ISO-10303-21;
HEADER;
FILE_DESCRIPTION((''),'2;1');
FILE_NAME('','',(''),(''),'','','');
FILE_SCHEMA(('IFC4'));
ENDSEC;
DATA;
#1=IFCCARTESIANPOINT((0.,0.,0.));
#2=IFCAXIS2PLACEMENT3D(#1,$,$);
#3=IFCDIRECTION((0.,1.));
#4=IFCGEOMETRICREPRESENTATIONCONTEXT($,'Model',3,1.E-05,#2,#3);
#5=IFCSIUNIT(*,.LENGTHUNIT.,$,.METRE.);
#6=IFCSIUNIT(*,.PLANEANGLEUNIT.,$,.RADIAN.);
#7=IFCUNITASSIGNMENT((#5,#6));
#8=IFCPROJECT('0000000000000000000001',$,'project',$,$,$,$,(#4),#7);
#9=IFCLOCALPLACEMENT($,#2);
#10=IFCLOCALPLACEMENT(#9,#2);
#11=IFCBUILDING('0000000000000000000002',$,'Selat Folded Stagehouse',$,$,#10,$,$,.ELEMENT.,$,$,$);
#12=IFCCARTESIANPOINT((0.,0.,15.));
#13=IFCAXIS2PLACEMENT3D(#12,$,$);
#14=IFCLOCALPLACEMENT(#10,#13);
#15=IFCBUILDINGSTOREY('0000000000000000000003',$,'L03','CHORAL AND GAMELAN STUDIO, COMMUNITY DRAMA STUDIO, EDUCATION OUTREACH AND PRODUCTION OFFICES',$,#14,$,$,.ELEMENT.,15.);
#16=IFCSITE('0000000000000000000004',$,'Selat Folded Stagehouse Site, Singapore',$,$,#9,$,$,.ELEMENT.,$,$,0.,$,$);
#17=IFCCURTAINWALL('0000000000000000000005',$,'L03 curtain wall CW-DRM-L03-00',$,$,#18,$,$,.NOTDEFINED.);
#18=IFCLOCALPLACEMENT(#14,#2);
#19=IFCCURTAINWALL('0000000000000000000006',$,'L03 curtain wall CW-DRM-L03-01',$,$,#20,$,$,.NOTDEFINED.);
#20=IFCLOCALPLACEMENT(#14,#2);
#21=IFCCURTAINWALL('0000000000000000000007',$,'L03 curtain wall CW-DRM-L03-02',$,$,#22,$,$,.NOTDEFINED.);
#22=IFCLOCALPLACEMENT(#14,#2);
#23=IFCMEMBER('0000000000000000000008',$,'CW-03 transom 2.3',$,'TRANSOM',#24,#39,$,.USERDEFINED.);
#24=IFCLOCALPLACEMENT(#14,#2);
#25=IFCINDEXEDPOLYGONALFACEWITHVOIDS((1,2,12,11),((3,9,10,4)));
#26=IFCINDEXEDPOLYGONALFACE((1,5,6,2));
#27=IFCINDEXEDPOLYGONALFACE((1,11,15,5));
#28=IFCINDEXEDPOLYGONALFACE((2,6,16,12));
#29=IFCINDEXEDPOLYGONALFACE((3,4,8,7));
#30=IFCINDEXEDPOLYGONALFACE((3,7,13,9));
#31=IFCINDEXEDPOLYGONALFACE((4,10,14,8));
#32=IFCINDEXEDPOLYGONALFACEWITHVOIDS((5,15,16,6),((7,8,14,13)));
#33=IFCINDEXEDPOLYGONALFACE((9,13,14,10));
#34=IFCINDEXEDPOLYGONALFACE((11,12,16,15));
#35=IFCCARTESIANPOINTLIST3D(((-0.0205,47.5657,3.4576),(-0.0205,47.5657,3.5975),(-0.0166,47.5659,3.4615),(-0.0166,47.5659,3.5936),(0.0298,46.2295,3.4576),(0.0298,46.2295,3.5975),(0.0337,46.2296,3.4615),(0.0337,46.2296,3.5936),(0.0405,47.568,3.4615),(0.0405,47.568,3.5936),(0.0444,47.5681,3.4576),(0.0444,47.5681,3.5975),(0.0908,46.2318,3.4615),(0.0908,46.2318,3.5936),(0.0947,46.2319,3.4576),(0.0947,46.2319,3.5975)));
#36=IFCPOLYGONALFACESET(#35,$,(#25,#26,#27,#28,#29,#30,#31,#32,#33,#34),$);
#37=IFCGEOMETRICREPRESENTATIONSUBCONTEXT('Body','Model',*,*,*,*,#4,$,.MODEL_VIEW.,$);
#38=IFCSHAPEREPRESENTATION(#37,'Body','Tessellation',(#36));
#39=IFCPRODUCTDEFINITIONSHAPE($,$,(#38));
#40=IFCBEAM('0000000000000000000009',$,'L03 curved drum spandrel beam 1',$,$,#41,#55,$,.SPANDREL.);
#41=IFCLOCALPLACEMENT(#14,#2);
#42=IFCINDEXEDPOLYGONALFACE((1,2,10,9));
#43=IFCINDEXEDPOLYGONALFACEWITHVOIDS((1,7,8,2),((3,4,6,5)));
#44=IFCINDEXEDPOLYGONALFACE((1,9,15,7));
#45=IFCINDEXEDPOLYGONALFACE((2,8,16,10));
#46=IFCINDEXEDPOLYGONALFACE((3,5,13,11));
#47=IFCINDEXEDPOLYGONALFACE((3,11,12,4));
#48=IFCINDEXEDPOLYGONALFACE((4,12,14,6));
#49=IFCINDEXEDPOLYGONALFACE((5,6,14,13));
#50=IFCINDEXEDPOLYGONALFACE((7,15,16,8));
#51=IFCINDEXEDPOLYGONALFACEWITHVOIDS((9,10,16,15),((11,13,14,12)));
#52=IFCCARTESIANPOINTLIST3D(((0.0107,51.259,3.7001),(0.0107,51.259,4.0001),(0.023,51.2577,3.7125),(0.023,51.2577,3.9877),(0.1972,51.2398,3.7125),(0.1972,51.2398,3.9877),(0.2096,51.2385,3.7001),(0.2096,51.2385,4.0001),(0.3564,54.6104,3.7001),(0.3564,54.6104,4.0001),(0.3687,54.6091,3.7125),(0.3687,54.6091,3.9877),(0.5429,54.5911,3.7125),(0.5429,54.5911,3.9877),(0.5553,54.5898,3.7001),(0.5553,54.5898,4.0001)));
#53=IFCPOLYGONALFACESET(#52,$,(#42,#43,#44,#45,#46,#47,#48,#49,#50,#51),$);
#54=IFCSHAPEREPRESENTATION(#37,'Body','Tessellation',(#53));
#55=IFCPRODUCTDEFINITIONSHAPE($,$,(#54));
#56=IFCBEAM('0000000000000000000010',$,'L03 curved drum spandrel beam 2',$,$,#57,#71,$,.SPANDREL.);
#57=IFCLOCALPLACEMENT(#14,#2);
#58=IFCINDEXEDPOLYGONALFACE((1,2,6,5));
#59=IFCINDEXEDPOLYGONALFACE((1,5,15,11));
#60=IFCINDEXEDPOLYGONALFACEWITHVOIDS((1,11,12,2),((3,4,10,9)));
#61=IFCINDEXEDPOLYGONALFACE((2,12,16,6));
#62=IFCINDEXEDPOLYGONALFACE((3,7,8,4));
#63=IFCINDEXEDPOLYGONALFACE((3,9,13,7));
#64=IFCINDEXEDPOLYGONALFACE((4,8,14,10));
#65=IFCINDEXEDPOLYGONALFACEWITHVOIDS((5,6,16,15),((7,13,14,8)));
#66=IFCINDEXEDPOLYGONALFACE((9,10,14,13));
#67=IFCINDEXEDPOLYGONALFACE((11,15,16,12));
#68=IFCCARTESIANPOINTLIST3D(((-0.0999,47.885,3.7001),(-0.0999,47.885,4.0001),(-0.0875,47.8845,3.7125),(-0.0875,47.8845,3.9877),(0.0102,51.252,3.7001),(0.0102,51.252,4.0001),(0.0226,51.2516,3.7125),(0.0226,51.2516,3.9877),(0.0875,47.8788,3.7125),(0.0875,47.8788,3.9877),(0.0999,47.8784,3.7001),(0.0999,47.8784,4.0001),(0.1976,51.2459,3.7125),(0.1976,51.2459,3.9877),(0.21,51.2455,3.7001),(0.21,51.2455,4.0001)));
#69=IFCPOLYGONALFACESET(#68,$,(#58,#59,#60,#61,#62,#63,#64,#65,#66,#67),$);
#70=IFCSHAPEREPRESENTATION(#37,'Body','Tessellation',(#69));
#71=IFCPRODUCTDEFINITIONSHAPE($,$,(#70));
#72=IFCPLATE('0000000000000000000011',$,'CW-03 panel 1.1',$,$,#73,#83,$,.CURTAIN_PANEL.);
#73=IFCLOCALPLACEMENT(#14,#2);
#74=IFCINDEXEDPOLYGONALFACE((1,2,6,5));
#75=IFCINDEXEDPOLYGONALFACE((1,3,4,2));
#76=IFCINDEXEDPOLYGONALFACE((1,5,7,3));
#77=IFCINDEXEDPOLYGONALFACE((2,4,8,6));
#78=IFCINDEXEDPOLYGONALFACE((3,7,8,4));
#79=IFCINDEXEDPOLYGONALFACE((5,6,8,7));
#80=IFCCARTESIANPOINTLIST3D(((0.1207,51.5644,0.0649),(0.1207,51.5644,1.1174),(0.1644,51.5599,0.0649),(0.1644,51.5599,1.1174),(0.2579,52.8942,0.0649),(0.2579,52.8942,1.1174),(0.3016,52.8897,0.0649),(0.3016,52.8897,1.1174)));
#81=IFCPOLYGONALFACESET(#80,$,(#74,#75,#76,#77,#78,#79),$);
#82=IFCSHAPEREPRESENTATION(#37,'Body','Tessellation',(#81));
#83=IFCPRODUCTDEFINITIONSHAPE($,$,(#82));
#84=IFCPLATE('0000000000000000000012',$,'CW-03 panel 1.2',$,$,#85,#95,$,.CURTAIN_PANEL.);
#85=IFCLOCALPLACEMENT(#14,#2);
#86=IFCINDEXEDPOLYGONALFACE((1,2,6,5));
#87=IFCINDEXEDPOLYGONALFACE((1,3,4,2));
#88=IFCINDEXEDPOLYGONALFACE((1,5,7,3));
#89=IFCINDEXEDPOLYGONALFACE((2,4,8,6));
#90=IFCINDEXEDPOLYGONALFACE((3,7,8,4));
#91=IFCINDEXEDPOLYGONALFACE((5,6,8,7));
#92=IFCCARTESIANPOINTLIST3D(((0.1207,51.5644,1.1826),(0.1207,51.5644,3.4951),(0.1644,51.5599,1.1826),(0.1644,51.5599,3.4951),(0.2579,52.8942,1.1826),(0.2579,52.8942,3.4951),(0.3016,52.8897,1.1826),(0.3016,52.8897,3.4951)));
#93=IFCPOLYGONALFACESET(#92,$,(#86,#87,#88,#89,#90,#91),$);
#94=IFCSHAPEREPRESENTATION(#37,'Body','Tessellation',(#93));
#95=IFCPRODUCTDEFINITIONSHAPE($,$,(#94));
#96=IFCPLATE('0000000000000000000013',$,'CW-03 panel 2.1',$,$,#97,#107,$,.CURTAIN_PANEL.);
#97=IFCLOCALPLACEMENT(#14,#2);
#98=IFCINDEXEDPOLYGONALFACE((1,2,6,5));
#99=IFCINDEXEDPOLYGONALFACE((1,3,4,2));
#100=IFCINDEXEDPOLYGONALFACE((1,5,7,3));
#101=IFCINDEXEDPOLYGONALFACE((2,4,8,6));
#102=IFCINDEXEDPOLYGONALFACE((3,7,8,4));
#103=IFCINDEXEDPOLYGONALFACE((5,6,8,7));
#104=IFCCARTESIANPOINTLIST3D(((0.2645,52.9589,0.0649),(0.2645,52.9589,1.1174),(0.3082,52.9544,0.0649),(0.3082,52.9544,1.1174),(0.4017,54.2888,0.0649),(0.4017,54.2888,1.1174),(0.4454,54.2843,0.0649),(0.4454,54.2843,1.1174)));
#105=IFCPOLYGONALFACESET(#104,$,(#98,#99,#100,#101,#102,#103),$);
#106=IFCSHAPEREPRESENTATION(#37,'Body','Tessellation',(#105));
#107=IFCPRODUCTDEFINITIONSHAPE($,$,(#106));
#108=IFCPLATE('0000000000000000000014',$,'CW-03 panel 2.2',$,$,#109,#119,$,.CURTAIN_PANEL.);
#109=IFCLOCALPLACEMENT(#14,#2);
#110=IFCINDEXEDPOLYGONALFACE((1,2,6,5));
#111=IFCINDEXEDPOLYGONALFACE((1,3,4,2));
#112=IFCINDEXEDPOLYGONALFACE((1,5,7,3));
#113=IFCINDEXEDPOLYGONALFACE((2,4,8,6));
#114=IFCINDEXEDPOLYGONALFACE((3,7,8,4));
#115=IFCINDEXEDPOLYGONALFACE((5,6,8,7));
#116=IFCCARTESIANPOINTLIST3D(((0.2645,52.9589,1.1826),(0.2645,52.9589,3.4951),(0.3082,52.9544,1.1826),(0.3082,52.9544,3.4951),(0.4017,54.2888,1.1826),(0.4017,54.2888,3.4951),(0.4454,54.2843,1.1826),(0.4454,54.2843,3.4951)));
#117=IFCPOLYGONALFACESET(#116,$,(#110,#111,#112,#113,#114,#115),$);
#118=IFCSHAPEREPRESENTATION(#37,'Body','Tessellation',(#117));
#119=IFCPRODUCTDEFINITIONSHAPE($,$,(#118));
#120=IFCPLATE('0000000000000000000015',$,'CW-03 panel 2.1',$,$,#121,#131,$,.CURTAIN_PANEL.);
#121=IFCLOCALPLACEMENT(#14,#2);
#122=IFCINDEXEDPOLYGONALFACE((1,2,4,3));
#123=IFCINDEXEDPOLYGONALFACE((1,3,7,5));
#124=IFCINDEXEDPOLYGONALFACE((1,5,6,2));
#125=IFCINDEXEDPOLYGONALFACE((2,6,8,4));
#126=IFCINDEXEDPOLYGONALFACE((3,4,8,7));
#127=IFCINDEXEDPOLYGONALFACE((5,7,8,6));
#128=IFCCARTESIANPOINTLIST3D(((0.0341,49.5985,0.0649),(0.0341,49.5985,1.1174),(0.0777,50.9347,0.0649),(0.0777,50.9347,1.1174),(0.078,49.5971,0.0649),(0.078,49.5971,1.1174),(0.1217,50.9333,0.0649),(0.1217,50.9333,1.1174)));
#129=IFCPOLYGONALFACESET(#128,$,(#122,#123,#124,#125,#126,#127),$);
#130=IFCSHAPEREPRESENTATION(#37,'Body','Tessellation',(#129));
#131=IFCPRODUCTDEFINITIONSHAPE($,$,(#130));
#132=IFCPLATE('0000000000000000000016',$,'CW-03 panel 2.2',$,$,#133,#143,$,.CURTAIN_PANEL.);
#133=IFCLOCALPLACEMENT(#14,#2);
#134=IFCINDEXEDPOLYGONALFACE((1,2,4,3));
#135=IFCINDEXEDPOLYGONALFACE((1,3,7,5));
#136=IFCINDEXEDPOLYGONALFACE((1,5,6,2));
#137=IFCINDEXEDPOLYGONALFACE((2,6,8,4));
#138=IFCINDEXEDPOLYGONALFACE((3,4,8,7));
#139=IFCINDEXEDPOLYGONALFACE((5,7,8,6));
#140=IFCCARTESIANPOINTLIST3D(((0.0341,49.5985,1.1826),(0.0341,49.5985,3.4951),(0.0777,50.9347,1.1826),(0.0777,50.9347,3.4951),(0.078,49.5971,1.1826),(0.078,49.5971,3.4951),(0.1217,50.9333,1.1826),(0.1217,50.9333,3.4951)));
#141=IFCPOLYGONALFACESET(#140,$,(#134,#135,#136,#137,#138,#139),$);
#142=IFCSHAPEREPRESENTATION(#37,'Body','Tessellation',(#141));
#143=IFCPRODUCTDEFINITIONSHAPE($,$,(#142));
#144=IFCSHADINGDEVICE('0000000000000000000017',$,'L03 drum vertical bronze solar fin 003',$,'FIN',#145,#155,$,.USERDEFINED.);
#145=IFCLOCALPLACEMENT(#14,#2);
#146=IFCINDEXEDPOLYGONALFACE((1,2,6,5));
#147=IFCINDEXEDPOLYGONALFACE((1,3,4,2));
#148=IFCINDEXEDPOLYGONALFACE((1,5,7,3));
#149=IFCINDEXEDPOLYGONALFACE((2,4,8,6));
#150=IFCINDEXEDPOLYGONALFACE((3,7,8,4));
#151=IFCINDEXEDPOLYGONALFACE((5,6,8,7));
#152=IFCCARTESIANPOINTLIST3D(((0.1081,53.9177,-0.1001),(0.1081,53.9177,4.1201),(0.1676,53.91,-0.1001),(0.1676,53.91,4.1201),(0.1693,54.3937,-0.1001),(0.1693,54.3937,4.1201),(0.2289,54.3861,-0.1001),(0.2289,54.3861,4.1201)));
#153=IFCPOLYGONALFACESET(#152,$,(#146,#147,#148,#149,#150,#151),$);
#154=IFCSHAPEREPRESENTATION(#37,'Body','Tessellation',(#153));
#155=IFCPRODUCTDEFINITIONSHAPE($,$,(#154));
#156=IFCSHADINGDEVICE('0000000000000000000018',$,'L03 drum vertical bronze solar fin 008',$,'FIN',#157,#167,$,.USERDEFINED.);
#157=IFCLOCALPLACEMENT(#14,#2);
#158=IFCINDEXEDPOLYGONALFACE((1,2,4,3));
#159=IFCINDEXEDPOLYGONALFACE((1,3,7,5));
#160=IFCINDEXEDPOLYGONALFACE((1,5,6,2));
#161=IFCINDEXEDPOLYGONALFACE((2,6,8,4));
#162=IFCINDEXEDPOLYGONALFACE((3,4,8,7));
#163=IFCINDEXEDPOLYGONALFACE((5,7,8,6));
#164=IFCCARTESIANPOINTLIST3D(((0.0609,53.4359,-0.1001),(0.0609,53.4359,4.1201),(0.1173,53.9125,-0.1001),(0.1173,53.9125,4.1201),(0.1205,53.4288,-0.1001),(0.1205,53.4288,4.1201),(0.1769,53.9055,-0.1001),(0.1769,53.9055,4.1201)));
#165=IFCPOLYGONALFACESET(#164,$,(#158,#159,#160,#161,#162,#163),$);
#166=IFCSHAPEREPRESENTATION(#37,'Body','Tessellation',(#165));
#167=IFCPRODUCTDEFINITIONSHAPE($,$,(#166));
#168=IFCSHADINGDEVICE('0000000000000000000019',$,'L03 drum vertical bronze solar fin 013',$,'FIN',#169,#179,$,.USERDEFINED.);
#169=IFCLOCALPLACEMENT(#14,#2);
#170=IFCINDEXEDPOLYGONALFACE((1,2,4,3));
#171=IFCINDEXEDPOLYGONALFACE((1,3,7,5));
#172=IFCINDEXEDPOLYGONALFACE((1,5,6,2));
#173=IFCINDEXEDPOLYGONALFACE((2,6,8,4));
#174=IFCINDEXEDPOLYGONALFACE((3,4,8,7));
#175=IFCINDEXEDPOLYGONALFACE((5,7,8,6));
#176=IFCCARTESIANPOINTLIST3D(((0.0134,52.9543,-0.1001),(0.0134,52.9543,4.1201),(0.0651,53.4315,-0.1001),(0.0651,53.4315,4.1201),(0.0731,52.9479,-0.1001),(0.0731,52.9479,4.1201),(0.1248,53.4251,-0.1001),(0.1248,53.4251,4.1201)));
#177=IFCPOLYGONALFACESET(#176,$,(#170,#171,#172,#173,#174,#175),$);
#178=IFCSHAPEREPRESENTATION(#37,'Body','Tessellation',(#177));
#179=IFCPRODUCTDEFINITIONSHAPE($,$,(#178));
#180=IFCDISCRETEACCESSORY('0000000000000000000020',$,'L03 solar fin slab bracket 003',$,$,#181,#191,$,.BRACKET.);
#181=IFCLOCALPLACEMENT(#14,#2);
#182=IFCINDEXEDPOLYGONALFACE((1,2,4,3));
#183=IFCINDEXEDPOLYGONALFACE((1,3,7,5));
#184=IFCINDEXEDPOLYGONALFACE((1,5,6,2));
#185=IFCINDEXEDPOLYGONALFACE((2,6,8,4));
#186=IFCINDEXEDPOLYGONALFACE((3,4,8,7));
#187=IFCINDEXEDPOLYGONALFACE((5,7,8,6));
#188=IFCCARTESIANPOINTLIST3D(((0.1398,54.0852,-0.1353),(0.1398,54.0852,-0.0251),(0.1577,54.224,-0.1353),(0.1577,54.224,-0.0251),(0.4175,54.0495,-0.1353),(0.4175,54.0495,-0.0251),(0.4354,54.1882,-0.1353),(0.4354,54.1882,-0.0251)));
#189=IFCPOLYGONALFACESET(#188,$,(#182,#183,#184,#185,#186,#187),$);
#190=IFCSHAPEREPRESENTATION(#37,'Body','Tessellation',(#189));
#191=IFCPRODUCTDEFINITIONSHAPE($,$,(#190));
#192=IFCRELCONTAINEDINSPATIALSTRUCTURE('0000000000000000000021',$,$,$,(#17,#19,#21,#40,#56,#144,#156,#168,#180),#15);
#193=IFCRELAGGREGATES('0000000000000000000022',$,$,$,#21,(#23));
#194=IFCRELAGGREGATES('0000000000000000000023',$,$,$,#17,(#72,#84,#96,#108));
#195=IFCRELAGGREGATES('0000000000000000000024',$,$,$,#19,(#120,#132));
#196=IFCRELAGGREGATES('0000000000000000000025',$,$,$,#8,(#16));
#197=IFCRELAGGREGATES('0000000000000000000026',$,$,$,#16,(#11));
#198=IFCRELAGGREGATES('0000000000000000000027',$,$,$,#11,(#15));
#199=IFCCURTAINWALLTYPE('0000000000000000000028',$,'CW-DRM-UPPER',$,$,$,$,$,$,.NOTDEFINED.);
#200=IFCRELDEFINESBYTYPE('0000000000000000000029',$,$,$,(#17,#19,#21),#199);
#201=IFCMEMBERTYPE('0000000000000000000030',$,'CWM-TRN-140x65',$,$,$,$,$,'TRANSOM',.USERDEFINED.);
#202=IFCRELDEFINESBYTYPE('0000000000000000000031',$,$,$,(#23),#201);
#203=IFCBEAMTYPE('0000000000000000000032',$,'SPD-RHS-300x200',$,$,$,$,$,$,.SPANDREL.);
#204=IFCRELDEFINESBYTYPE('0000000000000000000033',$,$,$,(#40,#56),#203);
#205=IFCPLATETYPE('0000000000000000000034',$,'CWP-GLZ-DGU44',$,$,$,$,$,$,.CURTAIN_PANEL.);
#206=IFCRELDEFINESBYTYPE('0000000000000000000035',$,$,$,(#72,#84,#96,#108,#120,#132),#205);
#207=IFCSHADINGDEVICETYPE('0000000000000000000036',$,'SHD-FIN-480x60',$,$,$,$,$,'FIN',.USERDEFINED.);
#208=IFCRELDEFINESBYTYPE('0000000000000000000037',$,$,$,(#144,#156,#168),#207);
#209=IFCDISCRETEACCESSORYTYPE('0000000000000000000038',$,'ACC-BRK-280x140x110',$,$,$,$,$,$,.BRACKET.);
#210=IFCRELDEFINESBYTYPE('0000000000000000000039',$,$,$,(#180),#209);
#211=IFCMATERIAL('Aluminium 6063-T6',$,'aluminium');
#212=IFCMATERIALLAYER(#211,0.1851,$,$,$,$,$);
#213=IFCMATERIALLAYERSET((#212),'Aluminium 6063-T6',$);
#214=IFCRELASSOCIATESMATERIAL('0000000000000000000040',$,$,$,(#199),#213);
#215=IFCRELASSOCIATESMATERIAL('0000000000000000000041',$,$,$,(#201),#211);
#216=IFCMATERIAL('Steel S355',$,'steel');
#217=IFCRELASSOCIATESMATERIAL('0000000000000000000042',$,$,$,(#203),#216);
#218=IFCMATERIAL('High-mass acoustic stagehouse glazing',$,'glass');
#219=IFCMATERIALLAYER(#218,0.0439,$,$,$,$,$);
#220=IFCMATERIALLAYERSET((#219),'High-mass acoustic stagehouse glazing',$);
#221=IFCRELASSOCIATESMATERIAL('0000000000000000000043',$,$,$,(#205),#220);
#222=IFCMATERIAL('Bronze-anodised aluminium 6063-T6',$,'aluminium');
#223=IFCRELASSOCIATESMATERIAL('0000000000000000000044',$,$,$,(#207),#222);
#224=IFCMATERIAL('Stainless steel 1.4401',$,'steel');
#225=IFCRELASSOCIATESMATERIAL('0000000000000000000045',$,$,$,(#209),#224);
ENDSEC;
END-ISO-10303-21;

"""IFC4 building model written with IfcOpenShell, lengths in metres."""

from ifc_helpers import new_model, si_unit, direction, frame, origin, origin_2d, place, context, subcontext, project, spatial, rectangle, hollow_rectangle, extrude, material, layer, layer_set, material_profile, profile_set, type_object, element, aggregate, save


model = new_model("IFC4")

# Units and contexts
model_context = context("Model", 3, precision=1e-05, world=origin(), true_north=direction((0.0, 1.0)))
body_context = subcontext(model_context, "Body", "Model", "MODEL_VIEW")
ifc_project = project(units=[si_unit("LENGTHUNIT", "METRE"), si_unit("PLANEANGLEUNIT", "RADIAN")], contexts=[model_context])

# Site, building, storey
site_placement = place(None, origin())
site = spatial("IfcSite", under=ifc_project, at=site_placement, Name="Selat Folded Stagehouse Site, Singapore", CompositionType="ELEMENT", RefElevation=0.0)
building_placement = place(site_placement, origin())
building = spatial("IfcBuilding", under=site, at=building_placement, Name="Selat Folded Stagehouse", CompositionType="ELEMENT")
storey_placement = place(building_placement, frame((0.0, 0.0, 15.0)))
storey = spatial("IfcBuildingStorey", under=building, at=storey_placement, Name="L03", Description="CHORAL AND GAMELAN STUDIO, COMMUNITY DRAMA STUDIO, EDUCATION OUTREACH AND PRODUCTION OFFICES", CompositionType="ELEMENT", Elevation=15.0)

# Shared definitions
ifc_material_1 = material(Name="Steel S355", Category="steel")

# Curtain wall
ifc_material_2 = material(Name="Aluminium 6063-T6", Category="aluminium")
ifc_layer_1 = layer(ifc_material_2, 0.1851)
ifc_layer_set_1 = layer_set([ifc_layer_1], Name="Aluminium 6063-T6")
curtain_wall_type = type_object("IfcCurtainWallType", Name="CW-DRM-UPPER", PredefinedType="NOTDEFINED", material=ifc_layer_set_1)
curtain_wall_1_placement = place(storey_placement, origin())
curtain_wall_1 = element("IfcCurtainWall", 1, at=curtain_wall_1_placement, inside=storey, type_object=curtain_wall_type, Name="L03 curtain wall CW-DRM-L03-00", PredefinedType="NOTDEFINED")

# Curtain walls
curtain_wall_2_placement = place(storey_placement, origin())
curtain_wall_2 = element("IfcCurtainWall", 2, at=curtain_wall_2_placement, inside=storey, type_object=curtain_wall_type, Name="L03 curtain wall CW-DRM-L03-01", PredefinedType="NOTDEFINED")
curtain_wall_3_placement = place(storey_placement, origin())
curtain_wall_3 = element("IfcCurtainWall", 3, at=curtain_wall_3_placement, inside=storey, type_object=curtain_wall_type, Name="L03 curtain wall CW-DRM-L03-02", PredefinedType="NOTDEFINED")

# Member
ifc_material_profile_1 = material_profile(ifc_material_2, hollow_rectangle(XDim=0.0649, YDim=0.1399, WallThickness=0.0039, at=origin_2d()), Name="ALU 140x65x4.0")
ifc_profile_set_1 = profile_set([ifc_material_profile_1], Name="Aluminium 6063-T6")
member_type_1 = type_object("IfcMemberType", Name="CWM-TRN-140x65", ElementType="TRANSOM", PredefinedType="USERDEFINED", material=ifc_profile_set_1)
member_1_placement = place(storey_placement, frame((0.0623, 46.2307, 3.5276), z_axis=(-0.037613, 0.999292, 0.0), x_axis=(-0.999292, -0.037613, 0.0)))
member_1 = element("IfcMember", 4, at=member_1_placement, type_object=member_type_1, Name="CW-03 transom 2.3", ObjectType="TRANSOM", PredefinedType="USERDEFINED", context=body_context, shape_type="SweptSolid", body=[
    extrude(hollow_rectangle(XDim=0.0649, YDim=0.1399, WallThickness=0.0039, at=origin_2d()), origin(), (0.0, 0.0, 1.0), 1.3372),
])
aggregate(curtain_wall_3, [member_1])

# Beams
ifc_material_profile_2 = material_profile(ifc_material_1, hollow_rectangle(XDim=0.2, YDim=0.3, WallThickness=0.0125, at=origin_2d()), Name="RHS 300x200x12.5")
ifc_profile_set_2 = profile_set([ifc_material_profile_2], Name="Steel S355")
beam_type = type_object("IfcBeamType", Name="SPD-RHS-300x200", PredefinedType="SPANDREL", material=ifc_profile_set_2)
beam_1_placement = place(storey_placement, frame((0.4558, 54.6001, 3.8501), z_axis=(-0.10261, -0.994722, 0.0), x_axis=(0.994722, -0.10261, 0.0)))
element("IfcBeam", 5, at=beam_1_placement, inside=storey, type_object=beam_type, Name="L03 curved drum spandrel beam 1", PredefinedType="SPANDREL", context=body_context, shape_type="SweptSolid", body=[
    extrude(hollow_rectangle(XDim=0.2, YDim=0.3, WallThickness=0.0125, at=origin_2d()), origin(), (0.0, 0.0, 1.0), 3.3691),
])
beam_2_placement = place(storey_placement, frame((0.1101, 51.2488, 3.8501), z_axis=(-0.032683, -0.999466, 0.0), x_axis=(0.999466, -0.032683, 0.0)))
element("IfcBeam", 6, at=beam_2_placement, inside=storey, type_object=beam_type, Name="L03 curved drum spandrel beam 2", PredefinedType="SPANDREL", context=body_context, shape_type="SweptSolid", body=[
    extrude(hollow_rectangle(XDim=0.2, YDim=0.3, WallThickness=0.0125, at=origin_2d()), origin(), (0.0, 0.0, 1.0), 3.3689),
])

# Plates
ifc_material_3 = material(Name="High-mass acoustic stagehouse glazing", Category="glass")
ifc_layer_2 = layer(ifc_material_3, 0.0439)
ifc_layer_set_2 = layer_set([ifc_layer_2], Name="High-mass acoustic stagehouse glazing")
plate_type = type_object("IfcPlateType", Name="CWP-GLZ-DGU44", PredefinedType="CURTAIN_PANEL", material=ifc_layer_set_2)
plate_1_placement = place(storey_placement, frame((0.2112, 52.2271, 0.0649), z_axis=(0.0, 0.0, 1.0), x_axis=(0.102616, 0.994721, 0.0)))
plate_1 = element("IfcPlate", 7, at=plate_1_placement, type_object=plate_type, Name="CW-03 panel 1.1", PredefinedType="CURTAIN_PANEL", context=body_context, shape_type="SweptSolid", body=[
    extrude(rectangle(XDim=1.3369, YDim=0.0439, at=origin_2d()), origin(), (0.0, 0.0, 1.0), 1.0525),
])
plate_2_placement = place(storey_placement, frame((0.2112, 52.2271, 1.1826), z_axis=(0.0, 0.0, 1.0), x_axis=(0.102616, 0.994721, 0.0)))
plate_2 = element("IfcPlate", 8, at=plate_2_placement, type_object=plate_type, Name="CW-03 panel 1.2", PredefinedType="CURTAIN_PANEL", context=body_context, shape_type="SweptSolid", body=[
    extrude(rectangle(XDim=1.3369, YDim=0.0439, at=origin_2d()), origin(), (0.0, 0.0, 1.0), 2.3125),
])
plate_3_placement = place(storey_placement, frame((0.355, 53.6216, 0.0649), z_axis=(0.0, 0.0, 1.0), x_axis=(0.102616, 0.994721, 0.0)))
plate_3 = element("IfcPlate", 9, at=plate_3_placement, type_object=plate_type, Name="CW-03 panel 2.1", PredefinedType="CURTAIN_PANEL", context=body_context, shape_type="SweptSolid", body=[
    extrude(rectangle(XDim=1.3369, YDim=0.0439, at=origin_2d()), origin(), (0.0, 0.0, 1.0), 1.0525),
])
plate_4_placement = place(storey_placement, frame((0.355, 53.6216, 1.1826), z_axis=(0.0, 0.0, 1.0), x_axis=(0.102616, 0.994721, 0.0)))
plate_4 = element("IfcPlate", 10, at=plate_4_placement, type_object=plate_type, Name="CW-03 panel 2.2", PredefinedType="CURTAIN_PANEL", context=body_context, shape_type="SweptSolid", body=[
    extrude(rectangle(XDim=1.3369, YDim=0.0439, at=origin_2d()), origin(), (0.0, 0.0, 1.0), 2.3125),
])
aggregate(curtain_wall_1, [plate_1, plate_2, plate_3, plate_4])
plate_5_placement = place(storey_placement, frame((0.0779, 50.2659, 0.0649), z_axis=(0.0, 0.0, 1.0), x_axis=(0.032625, 0.999468, 0.0)))
plate_5 = element("IfcPlate", 11, at=plate_5_placement, type_object=plate_type, Name="CW-03 panel 2.1", PredefinedType="CURTAIN_PANEL", context=body_context, shape_type="SweptSolid", body=[
    extrude(rectangle(XDim=1.3369, YDim=0.0439, at=origin_2d()), origin(), (0.0, 0.0, 1.0), 1.0525),
])
plate_6_placement = place(storey_placement, frame((0.0779, 50.2659, 1.1826), z_axis=(0.0, 0.0, 1.0), x_axis=(0.032625, 0.999468, 0.0)))
plate_6 = element("IfcPlate", 12, at=plate_6_placement, type_object=plate_type, Name="CW-03 panel 2.2", PredefinedType="CURTAIN_PANEL", context=body_context, shape_type="SweptSolid", body=[
    extrude(rectangle(XDim=1.3369, YDim=0.0439, at=origin_2d()), origin(), (0.0, 0.0, 1.0), 2.3125),
])
aggregate(curtain_wall_2, [plate_5, plate_6])

# Shading devices
ifc_material_4 = material(Name="Bronze-anodised aluminium 6063-T6", Category="aluminium")
ifc_material_profile_3 = material_profile(ifc_material_4, rectangle(XDim=0.0601, YDim=0.48, at=origin_2d()), Name="SOLAR-FIN 480x60")
ifc_profile_set_3 = profile_set([ifc_material_profile_3], Name="Bronze-anodised aluminium 6063-T6")
shading_device_type = type_object("IfcShadingDeviceType", Name="SHD-FIN-480x60", ElementType="FIN", PredefinedType="USERDEFINED", material=ifc_profile_set_3)
for number, where, z_axis, x_axis, name in (
    (13, (0.1685, 54.1519, -0.1001), (0.0, 0.0, 1.0), (-0.991828, 0.127584, 0.0), "L03 drum vertical bronze solar fin 003"),
    (14, (0.1189, 53.6707, -0.1001), (0.0, 0.0, 1.0), (-0.993068, 0.117537, 0.0), "L03 drum vertical bronze solar fin 008"),
    (15, (0.0691, 53.1897, -0.1001), (0.0, 0.0, 1.0), (-0.994189, 0.107652, 0.0), "L03 drum vertical bronze solar fin 013"),
):
    element("IfcShadingDevice", number, at=place(storey_placement, frame(where, z_axis=z_axis, x_axis=x_axis)), inside=storey, type_object=shading_device_type, Name=name, ObjectType="FIN", PredefinedType="USERDEFINED", context=body_context, shape_type="SweptSolid", body=[
        extrude(rectangle(XDim=0.0601, YDim=0.48, at=origin_2d()), origin(), (0.0, 0.0, 1.0), 4.2202),
    ])

# Discrete accessory
ifc_material_5 = material(Name="Stainless steel 1.4401", Category="steel")
discrete_accessory_type = type_object("IfcDiscreteAccessoryType", Name="ACC-BRK-280x140x110", PredefinedType="BRACKET", material=ifc_material_5)
for number, where, z_axis, x_axis, name in (
    (16, (0.2876, 54.1367, -0.1353), (0.0, 0.0, 1.0), (-0.991828, 0.127584, 0.0), "L03 solar fin slab bracket 003"),
):
    element("IfcDiscreteAccessory", number, at=place(storey_placement, frame(where, z_axis=z_axis, x_axis=x_axis)), inside=storey, type_object=discrete_accessory_type, Name=name, PredefinedType="BRACKET", context=body_context, shape_type="SweptSolid", body=[
        extrude(rectangle(XDim=0.28, YDim=0.1399, at=origin_2d()), origin(), (0.0, 0.0, 1.0), 0.1101),
    ])

save(model, "model.ifc")
